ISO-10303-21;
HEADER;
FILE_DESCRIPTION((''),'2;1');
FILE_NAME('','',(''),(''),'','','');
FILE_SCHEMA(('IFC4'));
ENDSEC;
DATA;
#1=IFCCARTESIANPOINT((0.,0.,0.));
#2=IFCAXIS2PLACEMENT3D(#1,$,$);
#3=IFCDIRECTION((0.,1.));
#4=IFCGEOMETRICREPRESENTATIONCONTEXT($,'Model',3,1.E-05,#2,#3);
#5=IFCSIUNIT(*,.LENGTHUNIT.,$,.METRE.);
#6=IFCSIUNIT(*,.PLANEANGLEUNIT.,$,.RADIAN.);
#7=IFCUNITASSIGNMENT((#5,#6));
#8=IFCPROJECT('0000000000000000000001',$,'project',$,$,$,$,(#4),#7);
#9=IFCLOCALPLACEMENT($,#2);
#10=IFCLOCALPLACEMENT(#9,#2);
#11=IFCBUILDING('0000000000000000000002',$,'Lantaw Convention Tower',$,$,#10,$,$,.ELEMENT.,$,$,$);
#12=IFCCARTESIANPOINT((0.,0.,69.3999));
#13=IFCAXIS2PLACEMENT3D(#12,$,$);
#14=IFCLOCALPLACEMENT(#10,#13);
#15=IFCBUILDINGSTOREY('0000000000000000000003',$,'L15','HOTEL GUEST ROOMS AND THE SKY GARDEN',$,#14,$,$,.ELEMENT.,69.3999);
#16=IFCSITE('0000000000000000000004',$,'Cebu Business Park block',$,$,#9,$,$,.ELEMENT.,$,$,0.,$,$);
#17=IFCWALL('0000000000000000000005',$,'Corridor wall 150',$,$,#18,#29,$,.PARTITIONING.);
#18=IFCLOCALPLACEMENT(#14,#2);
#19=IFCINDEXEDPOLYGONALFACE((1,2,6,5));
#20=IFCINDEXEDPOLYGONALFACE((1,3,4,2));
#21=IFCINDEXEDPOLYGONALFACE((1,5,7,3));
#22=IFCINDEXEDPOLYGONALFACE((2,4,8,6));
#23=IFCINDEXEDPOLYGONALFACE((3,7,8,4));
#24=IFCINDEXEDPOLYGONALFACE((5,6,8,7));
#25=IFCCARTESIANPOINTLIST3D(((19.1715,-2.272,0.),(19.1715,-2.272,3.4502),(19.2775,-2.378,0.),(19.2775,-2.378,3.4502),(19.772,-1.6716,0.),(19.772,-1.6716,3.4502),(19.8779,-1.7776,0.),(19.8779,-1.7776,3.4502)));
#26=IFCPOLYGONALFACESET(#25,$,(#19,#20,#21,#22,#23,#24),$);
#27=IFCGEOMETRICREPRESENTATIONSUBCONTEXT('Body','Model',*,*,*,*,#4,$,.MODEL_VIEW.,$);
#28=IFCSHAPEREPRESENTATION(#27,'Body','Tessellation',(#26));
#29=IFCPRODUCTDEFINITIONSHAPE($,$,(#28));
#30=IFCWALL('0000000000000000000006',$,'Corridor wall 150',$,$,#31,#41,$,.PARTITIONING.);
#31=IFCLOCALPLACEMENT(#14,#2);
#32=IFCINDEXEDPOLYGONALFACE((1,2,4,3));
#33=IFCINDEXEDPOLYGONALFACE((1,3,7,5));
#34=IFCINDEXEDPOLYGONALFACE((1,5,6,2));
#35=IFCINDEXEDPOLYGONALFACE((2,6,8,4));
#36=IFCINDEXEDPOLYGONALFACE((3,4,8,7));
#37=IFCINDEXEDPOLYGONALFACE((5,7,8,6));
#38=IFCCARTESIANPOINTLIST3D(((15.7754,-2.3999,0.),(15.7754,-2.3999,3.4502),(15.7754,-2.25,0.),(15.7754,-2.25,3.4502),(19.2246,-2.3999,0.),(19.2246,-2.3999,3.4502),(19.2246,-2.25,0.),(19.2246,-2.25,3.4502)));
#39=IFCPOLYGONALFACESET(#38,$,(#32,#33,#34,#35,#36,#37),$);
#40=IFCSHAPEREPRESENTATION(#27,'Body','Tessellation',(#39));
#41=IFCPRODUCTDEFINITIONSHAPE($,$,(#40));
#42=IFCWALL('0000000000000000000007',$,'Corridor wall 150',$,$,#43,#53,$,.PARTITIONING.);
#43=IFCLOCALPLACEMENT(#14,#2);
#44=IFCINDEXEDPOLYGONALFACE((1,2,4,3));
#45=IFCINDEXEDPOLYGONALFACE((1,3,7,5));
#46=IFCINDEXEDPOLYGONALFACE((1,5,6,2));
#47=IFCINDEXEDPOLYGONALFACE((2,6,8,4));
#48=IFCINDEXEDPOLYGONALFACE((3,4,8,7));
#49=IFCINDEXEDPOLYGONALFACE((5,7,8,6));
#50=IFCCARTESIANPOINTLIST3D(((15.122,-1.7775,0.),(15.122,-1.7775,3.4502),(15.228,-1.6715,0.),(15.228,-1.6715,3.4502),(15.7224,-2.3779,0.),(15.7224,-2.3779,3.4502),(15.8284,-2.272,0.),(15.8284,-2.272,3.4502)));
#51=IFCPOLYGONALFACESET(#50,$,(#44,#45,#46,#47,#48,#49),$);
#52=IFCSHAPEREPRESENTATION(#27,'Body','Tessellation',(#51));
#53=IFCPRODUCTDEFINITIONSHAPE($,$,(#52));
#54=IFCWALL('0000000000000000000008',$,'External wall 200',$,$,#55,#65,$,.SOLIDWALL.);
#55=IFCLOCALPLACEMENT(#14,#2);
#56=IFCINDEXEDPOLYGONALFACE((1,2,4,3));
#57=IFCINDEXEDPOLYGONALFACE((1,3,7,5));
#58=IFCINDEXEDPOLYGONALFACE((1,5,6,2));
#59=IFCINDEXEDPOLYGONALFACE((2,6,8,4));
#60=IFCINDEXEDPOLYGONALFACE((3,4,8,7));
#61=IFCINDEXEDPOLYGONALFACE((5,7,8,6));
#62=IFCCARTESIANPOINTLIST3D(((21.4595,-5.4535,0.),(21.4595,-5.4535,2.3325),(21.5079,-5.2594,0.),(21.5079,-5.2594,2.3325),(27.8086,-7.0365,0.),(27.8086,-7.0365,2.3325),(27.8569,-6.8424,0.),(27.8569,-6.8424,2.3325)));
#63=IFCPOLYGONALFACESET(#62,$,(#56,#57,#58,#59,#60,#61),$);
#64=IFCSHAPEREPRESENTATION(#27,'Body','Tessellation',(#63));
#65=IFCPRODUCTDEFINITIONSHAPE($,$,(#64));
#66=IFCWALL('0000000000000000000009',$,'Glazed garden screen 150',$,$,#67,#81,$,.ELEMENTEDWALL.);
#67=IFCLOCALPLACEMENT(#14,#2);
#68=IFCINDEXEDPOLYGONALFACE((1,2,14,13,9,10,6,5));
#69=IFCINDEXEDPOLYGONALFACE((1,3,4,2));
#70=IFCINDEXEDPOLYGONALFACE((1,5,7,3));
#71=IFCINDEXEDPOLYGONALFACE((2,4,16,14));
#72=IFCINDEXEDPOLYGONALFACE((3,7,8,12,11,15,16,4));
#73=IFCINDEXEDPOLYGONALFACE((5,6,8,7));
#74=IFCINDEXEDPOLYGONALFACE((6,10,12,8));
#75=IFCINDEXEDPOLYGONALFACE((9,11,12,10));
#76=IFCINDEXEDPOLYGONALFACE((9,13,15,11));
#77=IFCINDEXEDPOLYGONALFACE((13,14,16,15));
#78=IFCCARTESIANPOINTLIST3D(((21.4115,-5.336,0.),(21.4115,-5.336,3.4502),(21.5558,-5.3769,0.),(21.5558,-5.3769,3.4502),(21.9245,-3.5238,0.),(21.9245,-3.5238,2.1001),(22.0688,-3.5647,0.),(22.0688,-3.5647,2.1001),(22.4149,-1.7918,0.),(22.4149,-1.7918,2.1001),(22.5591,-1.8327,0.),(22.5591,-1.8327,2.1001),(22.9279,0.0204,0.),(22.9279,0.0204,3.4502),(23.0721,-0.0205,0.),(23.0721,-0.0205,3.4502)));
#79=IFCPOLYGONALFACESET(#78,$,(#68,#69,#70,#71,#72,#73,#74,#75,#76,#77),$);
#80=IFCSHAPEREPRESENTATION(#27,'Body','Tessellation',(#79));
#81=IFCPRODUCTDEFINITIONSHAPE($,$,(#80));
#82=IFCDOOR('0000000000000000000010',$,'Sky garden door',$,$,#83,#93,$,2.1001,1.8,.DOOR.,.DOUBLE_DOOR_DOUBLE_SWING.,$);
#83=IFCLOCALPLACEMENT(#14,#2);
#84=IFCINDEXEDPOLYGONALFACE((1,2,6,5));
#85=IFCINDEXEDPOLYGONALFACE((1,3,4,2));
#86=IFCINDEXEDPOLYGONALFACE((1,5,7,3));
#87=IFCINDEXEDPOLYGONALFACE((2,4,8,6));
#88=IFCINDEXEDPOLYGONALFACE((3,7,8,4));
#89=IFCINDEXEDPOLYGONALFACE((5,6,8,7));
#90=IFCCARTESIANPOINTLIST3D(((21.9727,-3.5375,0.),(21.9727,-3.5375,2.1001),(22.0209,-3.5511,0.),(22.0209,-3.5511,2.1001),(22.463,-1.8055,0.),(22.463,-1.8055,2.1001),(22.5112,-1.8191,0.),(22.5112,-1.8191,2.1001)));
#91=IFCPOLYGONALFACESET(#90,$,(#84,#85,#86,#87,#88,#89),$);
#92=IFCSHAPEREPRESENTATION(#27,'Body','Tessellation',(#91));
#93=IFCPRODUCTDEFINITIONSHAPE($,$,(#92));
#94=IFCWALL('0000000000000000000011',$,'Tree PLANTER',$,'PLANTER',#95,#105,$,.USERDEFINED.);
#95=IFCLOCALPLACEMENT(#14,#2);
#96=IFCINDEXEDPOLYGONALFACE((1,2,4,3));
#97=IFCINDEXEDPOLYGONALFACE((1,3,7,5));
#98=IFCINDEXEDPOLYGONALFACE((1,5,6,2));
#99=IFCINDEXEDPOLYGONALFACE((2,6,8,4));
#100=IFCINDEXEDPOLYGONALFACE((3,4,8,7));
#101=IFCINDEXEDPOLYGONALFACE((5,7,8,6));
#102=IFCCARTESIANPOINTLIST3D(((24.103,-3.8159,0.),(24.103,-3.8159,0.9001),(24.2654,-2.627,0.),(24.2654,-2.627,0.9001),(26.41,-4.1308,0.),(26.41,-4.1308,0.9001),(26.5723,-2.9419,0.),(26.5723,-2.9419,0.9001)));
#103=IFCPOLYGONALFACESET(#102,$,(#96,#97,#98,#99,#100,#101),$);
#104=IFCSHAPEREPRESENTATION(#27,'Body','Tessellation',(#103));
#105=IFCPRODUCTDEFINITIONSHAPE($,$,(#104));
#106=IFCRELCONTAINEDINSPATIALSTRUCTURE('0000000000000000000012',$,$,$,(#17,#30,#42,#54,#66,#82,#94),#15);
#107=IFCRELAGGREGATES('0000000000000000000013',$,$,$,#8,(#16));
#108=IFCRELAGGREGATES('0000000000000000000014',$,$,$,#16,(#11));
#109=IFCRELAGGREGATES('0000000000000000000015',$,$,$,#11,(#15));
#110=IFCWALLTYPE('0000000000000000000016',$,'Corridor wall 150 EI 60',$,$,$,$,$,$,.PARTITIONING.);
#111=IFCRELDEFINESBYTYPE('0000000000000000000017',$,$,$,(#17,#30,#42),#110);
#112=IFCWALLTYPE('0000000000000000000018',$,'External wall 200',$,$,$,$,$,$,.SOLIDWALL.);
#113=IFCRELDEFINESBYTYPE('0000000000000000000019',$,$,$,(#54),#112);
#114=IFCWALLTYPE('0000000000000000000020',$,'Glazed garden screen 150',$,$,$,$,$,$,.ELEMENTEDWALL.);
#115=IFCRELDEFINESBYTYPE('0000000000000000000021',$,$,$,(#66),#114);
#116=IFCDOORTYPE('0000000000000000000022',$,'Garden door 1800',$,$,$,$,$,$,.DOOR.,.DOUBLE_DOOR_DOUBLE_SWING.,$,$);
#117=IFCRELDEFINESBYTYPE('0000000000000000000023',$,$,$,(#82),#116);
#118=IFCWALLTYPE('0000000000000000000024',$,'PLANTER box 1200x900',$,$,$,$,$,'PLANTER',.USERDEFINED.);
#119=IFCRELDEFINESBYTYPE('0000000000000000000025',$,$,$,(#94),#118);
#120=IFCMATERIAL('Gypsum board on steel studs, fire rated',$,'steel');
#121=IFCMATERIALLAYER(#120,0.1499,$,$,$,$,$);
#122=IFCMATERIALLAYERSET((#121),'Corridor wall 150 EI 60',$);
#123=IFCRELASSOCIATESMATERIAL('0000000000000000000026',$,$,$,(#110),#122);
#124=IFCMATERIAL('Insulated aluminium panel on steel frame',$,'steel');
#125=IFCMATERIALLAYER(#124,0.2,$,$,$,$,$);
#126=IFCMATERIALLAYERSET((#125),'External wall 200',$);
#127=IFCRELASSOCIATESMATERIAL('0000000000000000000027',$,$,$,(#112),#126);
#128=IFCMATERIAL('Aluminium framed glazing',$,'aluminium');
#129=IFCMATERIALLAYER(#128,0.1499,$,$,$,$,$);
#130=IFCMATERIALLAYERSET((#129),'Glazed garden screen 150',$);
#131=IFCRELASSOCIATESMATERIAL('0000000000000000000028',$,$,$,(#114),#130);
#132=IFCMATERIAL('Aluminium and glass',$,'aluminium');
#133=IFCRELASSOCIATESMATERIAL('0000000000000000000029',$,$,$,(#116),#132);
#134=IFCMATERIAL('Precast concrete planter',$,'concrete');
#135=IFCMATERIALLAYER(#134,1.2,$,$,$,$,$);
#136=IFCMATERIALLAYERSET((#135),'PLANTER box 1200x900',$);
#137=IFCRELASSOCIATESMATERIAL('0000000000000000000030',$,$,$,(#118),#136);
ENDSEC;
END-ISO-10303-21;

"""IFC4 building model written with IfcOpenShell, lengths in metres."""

from ifc_helpers import new_model, si_unit, direction, frame, frame_2d, origin, place, context, subcontext, project, spatial, rectangle, extrude, material, layer, layer_set, type_object, element, fill, save


model = new_model("IFC4")

# Units and contexts
model_context = context("Model", 3, precision=1e-05, world=origin(), true_north=direction((0.0, 1.0)))
body_context = subcontext(model_context, "Body", "Model", "MODEL_VIEW")
ifc_project = project(units=[si_unit("LENGTHUNIT", "METRE"), si_unit("PLANEANGLEUNIT", "RADIAN")], contexts=[model_context])

# Site, building, storey
site_placement = place(None, origin())
site = spatial("IfcSite", under=ifc_project, at=site_placement, Name="Cebu Business Park block", CompositionType="ELEMENT", RefElevation=0.0)
building_placement = place(site_placement, origin())
building = spatial("IfcBuilding", under=site, at=building_placement, Name="Lantaw Convention Tower", CompositionType="ELEMENT")
storey_placement = place(building_placement, frame((0.0, 0.0, 69.3999)))
storey = spatial("IfcBuildingStorey", under=building, at=storey_placement, Name="L15", Description="HOTEL GUEST ROOMS AND THE SKY GARDEN", CompositionType="ELEMENT", Elevation=69.3999)

# Shared definitions
ifc_material_1 = material(Name="Gypsum board on steel studs, fire rated", Category="steel")
ifc_layer_1 = layer(ifc_material_1, 0.1499)
ifc_layer_set_1 = layer_set([ifc_layer_1], Name="Corridor wall 150 EI 60")
wall_type_1 = type_object("IfcWallType", Name="Corridor wall 150 EI 60", PredefinedType="PARTITIONING", material=ifc_layer_set_1)

# Walls
wall_1_placement = place(storey_placement, frame((19.825, -1.7246, 0.0), z_axis=(0.0, 0.0, 1.0), x_axis=(-0.707107, -0.707107, 0.0)))
element("IfcWall", 1, at=wall_1_placement, inside=storey, type_object=wall_type_1, Name="Corridor wall 150", PredefinedType="PARTITIONING", context=body_context, shape_type="SweptSolid", body=[
    extrude(rectangle(XDim=0.8491, YDim=0.1499, at=frame_2d((0.4246, 0.0))), origin(), (0.0, 0.0, 1.0), 3.4502),
])
wall_2_placement = place(storey_placement, frame((19.2246, -2.325, 0.0), z_axis=(0.0, 0.0, 1.0), x_axis=(-1.0, 0.0, 0.0)))
element("IfcWall", 2, at=wall_2_placement, inside=storey, type_object=wall_type_1, Name="Corridor wall 150", PredefinedType="PARTITIONING", context=body_context, shape_type="SweptSolid", body=[
    extrude(rectangle(XDim=3.4492, YDim=0.1499, at=frame_2d((1.7246, 0.0))), origin(), (0.0, 0.0, 1.0), 3.4502),
])
wall_3_placement = place(storey_placement, frame((15.7754, -2.325, 0.0), z_axis=(0.0, 0.0, 1.0), x_axis=(-0.707107, 0.707107, 0.0)))
element("IfcWall", 3, at=wall_3_placement, inside=storey, type_object=wall_type_1, Name="Corridor wall 150", PredefinedType="PARTITIONING", context=body_context, shape_type="SweptSolid", body=[
    extrude(rectangle(XDim=0.8491, YDim=0.1499, at=frame_2d((0.4246, 0.0))), origin(), (0.0, 0.0, 1.0), 3.4502),
])
ifc_material_2 = material(Name="Insulated aluminium panel on steel frame", Category="steel")
ifc_layer_2 = layer(ifc_material_2, 0.2)
ifc_layer_set_2 = layer_set([ifc_layer_2], Name="External wall 200")
wall_type_2 = type_object("IfcWallType", Name="External wall 200", PredefinedType="SOLIDWALL", material=ifc_layer_set_2)
wall_4_placement = place(storey_placement, frame((27.8328, -6.9395, 0.0), z_axis=(0.0, 0.0, 1.0), x_axis=(-0.970296, 0.241921, 0.0)))
element("IfcWall", 4, at=wall_4_placement, inside=storey, type_object=wall_type_2, Name="External wall 200", PredefinedType="SOLIDWALL", context=body_context, shape_type="SweptSolid", body=[
    extrude(rectangle(XDim=6.5435, YDim=0.2, at=frame_2d((3.2717, 0.0))), origin(), (0.0, 0.0, 1.0), 2.3325),
])

# Wall, opening, door
ifc_material_3 = material(Name="Aluminium framed glazing", Category="aluminium")
ifc_layer_3 = layer(ifc_material_3, 0.1499)
ifc_layer_set_3 = layer_set([ifc_layer_3], Name="Glazed garden screen 150")
wall_type_3 = type_object("IfcWallType", Name="Glazed garden screen 150", PredefinedType="ELEMENTEDWALL", material=ifc_layer_set_3)
wall_5_placement = place(storey_placement, frame((21.4836, -5.3564, 0.0), z_axis=(0.0, 0.0, 1.0), x_axis=(0.272386, 0.962188, 0.0)))
wall_5 = element("IfcWall", 5, at=wall_5_placement, inside=storey, type_object=wall_type_3, Name="Glazed garden screen 150", PredefinedType="ELEMENTEDWALL", context=body_context, shape_type="SweptSolid", body=[
    extrude(rectangle(XDim=5.5669, YDim=0.1499, at=frame_2d((2.7834, 0.0))), origin(), (0.0, 0.0, 1.0), 3.4502),
])
opening_1_placement = place(wall_5_placement, frame((1.8835, 0.0, 0.0)))
opening_1 = element("IfcOpeningElement", 6, at=opening_1_placement, cuts=wall_5, PredefinedType="OPENING", context=body_context, shape_type="SweptSolid", body=[
    extrude(rectangle(XDim=1.8, YDim=2.1001, at=frame_2d((0.8999, 1.05))), frame((0.0, 0.085, 0.0), z_axis=(0.0, -1.0, 0.0), x_axis=(1.0, 0.0, 0.0)), (0.0, 0.0, 1.0), 0.1699),
])
ifc_material_4 = material(Name="Aluminium and glass", Category="aluminium")
door_type_1 = type_object("IfcDoorType", Name="Garden door 1800", OperationType="DOUBLE_DOOR_DOUBLE_SWING", PredefinedType="DOOR", material=ifc_material_4)
door_1_placement = place(opening_1_placement, origin())
door_1 = element("IfcDoor", 7, at=door_1_placement, inside=storey, type_object=door_type_1, Name="Sky garden door", OperationType="DOUBLE_DOOR_DOUBLE_SWING", OverallHeight=2.1001, OverallWidth=1.8, PredefinedType="DOOR", context=body_context, shape_type="SweptSolid", body=[
    extrude(rectangle(XDim=1.8, YDim=2.1001, at=frame_2d((0.8999, 1.05))), frame((0.0, 0.0249, 0.0), z_axis=(0.0, -1.0, 0.0), x_axis=(1.0, 0.0, 0.0)), (0.0, 0.0, 1.0), 0.05),
])
fill(opening_1, door_1)

# Wall
ifc_material_5 = material(Name="Precast concrete planter", Category="concrete")
ifc_layer_4 = layer(ifc_material_5, 1.2)
ifc_layer_set_4 = layer_set([ifc_layer_4], Name="PLANTER box 1200x900")
wall_type_4 = type_object("IfcWallType", Name="PLANTER box 1200x900", ElementType="PLANTER", PredefinedType="USERDEFINED", material=ifc_layer_set_4)
wall_6_placement = place(storey_placement, frame((24.1843, -3.2214, 0.0), z_axis=(0.0, 0.0, 1.0), x_axis=(0.990809, -0.135268, 0.0)))
element("IfcWall", 8, at=wall_6_placement, inside=storey, type_object=wall_type_4, Name="Tree PLANTER", ObjectType="PLANTER", PredefinedType="USERDEFINED", context=body_context, shape_type="SweptSolid", body=[
    extrude(rectangle(XDim=2.3284, YDim=1.2, at=frame_2d((1.1641, 0.0))), origin(), (0.0, 0.0, 1.0), 0.9001),
])

save(model, "model.ifc")
